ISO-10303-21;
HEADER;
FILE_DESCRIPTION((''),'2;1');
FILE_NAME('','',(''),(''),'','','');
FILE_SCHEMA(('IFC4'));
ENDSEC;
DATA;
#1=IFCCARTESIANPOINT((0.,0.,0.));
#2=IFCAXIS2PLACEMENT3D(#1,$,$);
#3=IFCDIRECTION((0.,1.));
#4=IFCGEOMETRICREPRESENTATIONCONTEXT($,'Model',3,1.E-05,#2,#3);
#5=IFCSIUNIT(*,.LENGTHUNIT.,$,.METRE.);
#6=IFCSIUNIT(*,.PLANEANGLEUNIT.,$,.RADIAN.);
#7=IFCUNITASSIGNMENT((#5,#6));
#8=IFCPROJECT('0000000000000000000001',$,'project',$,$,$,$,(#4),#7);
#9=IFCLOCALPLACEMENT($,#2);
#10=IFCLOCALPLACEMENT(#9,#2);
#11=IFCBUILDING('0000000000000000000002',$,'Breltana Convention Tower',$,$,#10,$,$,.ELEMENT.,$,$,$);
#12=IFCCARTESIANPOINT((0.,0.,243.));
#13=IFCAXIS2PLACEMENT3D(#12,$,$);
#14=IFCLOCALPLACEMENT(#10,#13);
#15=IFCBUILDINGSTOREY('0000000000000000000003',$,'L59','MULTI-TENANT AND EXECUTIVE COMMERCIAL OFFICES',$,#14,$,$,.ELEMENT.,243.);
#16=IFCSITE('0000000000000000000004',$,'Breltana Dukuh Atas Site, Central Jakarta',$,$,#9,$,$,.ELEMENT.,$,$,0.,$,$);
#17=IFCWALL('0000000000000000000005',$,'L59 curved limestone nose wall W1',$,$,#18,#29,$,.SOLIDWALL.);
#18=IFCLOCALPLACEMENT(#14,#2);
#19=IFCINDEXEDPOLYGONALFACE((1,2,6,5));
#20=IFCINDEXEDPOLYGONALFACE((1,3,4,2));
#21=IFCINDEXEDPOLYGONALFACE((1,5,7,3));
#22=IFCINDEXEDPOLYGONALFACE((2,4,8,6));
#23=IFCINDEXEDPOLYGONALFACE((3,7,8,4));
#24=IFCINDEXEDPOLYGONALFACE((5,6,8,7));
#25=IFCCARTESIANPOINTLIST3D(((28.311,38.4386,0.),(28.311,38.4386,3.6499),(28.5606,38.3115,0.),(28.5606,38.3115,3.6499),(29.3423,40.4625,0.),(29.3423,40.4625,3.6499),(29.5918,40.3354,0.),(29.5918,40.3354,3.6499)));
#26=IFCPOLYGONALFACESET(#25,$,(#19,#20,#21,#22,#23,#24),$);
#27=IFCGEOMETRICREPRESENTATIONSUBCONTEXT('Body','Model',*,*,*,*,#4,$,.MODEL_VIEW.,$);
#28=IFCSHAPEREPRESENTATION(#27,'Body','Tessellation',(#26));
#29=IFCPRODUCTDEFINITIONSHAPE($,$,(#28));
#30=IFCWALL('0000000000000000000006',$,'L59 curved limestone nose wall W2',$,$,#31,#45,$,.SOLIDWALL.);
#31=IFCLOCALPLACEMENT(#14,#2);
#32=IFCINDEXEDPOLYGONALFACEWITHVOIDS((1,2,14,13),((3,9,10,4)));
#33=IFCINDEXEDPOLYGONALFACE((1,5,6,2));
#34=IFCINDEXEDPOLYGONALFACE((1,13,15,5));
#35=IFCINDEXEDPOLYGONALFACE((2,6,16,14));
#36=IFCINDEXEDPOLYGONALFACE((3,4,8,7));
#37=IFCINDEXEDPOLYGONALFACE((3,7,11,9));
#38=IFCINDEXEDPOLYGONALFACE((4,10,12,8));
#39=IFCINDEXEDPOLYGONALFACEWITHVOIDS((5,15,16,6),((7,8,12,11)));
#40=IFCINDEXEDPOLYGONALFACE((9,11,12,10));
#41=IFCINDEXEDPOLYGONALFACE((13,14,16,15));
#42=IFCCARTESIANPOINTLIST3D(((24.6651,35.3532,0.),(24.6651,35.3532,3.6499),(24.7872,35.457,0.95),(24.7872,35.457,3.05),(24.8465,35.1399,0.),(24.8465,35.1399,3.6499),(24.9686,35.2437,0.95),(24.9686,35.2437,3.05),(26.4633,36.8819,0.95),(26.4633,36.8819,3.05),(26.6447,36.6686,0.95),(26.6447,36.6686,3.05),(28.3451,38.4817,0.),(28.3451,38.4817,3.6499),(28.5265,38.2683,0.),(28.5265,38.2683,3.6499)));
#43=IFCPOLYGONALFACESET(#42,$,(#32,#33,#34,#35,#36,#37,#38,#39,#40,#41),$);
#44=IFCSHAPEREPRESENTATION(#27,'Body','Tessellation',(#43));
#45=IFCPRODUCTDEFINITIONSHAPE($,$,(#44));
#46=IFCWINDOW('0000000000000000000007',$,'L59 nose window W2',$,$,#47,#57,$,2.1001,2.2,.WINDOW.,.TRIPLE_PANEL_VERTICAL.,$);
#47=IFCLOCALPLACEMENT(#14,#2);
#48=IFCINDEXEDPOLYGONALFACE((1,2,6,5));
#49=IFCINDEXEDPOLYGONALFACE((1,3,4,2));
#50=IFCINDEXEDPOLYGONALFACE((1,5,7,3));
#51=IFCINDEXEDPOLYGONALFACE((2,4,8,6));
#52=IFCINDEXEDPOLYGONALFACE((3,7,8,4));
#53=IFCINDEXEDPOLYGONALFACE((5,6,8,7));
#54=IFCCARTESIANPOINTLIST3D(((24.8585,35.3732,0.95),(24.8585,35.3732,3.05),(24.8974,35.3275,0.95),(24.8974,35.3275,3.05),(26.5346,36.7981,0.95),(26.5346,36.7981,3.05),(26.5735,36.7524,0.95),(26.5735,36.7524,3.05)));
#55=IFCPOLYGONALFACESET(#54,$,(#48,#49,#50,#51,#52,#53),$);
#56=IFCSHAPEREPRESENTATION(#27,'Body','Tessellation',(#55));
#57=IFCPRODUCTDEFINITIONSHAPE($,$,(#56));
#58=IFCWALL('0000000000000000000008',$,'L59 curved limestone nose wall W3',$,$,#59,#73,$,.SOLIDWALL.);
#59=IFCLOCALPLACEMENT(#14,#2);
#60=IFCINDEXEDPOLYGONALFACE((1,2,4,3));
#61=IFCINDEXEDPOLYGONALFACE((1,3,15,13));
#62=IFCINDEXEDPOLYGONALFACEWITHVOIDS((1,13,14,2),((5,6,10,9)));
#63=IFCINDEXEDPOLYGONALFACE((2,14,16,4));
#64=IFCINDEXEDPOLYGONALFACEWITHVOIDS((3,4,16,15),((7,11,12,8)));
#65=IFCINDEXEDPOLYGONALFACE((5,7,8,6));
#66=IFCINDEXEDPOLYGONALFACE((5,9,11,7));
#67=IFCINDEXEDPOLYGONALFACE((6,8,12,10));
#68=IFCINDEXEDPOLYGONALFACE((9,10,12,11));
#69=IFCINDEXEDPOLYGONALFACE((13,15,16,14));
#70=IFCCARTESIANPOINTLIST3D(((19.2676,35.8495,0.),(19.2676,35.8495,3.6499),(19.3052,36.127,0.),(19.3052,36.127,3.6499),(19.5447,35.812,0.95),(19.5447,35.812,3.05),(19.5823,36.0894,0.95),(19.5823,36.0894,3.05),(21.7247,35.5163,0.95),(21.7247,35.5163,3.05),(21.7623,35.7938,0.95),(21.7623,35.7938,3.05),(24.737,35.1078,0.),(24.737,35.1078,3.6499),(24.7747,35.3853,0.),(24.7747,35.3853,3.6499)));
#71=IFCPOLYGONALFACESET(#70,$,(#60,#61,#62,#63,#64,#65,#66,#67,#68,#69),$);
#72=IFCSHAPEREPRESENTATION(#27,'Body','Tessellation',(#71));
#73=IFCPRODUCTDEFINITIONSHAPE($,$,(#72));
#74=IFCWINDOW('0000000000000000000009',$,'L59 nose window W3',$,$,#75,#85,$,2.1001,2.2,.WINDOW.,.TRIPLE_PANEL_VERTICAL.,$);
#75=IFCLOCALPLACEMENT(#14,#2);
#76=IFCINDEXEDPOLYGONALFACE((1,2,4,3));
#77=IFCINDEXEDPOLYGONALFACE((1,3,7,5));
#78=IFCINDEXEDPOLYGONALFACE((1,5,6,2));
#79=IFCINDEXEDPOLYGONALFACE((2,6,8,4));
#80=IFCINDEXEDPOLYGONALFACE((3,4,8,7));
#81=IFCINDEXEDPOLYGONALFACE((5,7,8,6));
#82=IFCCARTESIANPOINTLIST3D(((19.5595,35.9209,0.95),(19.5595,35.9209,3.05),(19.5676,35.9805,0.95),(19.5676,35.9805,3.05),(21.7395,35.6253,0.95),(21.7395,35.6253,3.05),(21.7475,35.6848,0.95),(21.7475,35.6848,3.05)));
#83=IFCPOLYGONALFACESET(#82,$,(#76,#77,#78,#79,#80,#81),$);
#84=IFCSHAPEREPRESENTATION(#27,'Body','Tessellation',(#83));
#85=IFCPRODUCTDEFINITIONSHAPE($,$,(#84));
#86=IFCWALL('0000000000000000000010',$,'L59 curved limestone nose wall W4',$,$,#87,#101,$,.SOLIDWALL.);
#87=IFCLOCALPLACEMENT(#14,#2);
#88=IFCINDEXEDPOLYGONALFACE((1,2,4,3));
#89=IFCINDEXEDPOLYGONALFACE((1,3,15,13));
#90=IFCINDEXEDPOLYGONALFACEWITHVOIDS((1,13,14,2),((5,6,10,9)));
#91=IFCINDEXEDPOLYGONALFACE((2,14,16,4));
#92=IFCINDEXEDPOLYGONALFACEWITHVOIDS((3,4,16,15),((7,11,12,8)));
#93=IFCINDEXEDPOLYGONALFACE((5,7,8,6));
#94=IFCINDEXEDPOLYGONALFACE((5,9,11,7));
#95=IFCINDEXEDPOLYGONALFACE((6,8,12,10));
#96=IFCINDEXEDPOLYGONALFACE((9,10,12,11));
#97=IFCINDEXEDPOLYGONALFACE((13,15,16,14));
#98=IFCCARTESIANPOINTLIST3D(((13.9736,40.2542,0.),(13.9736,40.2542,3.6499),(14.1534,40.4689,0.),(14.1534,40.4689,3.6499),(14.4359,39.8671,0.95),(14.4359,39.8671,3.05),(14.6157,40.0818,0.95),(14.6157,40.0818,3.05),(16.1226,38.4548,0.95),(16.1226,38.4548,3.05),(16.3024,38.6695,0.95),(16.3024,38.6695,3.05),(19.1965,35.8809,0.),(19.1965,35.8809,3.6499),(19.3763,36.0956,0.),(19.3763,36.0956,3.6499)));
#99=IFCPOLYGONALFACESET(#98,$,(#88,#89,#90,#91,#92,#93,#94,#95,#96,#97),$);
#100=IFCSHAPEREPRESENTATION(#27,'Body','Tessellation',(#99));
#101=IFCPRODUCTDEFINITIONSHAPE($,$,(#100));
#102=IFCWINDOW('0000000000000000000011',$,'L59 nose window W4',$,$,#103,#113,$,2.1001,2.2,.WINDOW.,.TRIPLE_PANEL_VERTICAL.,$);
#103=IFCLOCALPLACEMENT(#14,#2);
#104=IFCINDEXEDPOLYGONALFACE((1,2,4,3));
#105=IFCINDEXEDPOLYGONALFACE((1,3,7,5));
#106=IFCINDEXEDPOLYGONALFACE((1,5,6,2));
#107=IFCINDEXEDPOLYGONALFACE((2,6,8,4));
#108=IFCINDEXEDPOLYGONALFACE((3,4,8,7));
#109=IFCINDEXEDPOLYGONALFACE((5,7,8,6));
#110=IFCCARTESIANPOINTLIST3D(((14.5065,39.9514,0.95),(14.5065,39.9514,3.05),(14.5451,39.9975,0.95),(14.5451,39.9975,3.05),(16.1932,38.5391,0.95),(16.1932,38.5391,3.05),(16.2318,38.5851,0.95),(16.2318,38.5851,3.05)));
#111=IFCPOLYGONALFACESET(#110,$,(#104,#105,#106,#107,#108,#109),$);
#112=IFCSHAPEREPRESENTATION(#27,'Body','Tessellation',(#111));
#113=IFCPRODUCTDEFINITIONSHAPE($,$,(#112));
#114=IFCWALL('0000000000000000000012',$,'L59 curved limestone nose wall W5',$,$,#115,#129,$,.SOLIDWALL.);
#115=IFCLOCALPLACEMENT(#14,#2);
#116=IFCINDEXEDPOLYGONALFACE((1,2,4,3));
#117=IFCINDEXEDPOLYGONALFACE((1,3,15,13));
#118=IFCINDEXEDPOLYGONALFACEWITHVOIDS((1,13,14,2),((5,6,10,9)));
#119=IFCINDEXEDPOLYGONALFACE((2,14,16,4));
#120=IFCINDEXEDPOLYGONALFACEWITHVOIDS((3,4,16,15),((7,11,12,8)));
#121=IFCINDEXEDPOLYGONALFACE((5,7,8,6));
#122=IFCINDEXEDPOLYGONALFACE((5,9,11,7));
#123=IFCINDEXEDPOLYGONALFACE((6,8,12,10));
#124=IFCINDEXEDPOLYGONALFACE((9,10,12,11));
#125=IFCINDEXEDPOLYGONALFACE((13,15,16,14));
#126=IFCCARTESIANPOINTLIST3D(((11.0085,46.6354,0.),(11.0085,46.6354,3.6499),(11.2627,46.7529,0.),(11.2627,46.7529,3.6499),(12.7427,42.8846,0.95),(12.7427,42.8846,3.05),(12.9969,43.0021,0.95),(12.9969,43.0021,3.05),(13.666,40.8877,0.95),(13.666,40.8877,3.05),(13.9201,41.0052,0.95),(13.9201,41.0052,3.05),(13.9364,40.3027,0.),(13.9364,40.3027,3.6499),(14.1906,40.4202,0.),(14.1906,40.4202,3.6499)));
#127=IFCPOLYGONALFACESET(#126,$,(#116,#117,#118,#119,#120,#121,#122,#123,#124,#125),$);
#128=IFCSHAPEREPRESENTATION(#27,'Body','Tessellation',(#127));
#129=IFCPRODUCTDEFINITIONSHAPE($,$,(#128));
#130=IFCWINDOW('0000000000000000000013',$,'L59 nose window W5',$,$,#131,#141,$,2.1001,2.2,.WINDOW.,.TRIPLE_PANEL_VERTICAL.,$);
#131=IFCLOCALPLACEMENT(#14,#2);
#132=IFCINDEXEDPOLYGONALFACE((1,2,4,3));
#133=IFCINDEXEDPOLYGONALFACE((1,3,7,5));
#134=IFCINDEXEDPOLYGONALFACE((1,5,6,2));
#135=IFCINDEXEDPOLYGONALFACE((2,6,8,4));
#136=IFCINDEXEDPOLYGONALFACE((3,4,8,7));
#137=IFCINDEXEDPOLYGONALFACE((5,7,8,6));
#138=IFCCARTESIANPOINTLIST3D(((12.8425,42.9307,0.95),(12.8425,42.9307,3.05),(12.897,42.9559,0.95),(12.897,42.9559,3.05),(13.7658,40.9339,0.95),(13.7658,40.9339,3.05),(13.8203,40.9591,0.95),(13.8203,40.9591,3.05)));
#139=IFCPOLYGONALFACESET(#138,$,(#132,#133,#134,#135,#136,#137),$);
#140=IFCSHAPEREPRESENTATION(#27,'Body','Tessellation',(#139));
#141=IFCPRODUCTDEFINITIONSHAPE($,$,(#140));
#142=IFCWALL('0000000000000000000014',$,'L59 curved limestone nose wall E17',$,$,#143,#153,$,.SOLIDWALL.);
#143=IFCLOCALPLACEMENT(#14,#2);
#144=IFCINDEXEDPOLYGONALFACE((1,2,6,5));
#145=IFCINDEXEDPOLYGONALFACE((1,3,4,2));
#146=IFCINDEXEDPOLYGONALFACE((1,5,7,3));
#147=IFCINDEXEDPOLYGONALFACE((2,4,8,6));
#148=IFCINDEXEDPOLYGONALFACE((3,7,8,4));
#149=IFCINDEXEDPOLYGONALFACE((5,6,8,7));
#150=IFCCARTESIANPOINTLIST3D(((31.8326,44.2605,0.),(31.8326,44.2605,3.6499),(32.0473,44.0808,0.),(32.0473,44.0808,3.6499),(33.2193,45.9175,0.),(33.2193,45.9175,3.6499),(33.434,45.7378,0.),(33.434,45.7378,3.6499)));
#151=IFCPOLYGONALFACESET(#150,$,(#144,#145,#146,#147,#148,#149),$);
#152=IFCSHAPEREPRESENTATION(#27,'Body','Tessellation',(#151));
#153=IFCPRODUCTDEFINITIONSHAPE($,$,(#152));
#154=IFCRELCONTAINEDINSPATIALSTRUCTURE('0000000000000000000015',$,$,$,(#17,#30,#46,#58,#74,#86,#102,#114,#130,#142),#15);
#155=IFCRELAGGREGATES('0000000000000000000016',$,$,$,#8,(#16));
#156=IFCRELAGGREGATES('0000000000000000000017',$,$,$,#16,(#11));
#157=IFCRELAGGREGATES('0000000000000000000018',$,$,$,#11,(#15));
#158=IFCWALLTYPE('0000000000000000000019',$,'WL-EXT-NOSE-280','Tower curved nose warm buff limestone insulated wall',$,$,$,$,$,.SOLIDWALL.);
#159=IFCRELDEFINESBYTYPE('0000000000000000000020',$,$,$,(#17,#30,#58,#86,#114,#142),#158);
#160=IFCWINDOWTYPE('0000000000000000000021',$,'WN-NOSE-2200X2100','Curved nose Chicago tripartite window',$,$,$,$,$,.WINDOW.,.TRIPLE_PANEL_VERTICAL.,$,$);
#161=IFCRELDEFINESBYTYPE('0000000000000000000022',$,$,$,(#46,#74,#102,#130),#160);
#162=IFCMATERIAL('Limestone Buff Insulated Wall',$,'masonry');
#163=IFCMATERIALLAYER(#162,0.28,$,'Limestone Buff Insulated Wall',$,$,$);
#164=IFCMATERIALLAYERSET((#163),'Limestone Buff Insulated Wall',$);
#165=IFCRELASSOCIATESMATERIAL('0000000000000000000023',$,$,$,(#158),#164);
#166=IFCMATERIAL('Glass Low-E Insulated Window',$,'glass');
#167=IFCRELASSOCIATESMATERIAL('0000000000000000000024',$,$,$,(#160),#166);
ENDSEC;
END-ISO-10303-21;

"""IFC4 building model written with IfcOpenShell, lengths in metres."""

from ifc_helpers import new_model, si_unit, direction, frame, frame_2d, origin, place, context, subcontext, project, spatial, rectangle, extrude, source, transform, mapped, material, layer, layer_set, type_object, type_shapes, element, fill, save


model = new_model("IFC4")

# Units and contexts
model_context = context("Model", 3, precision=1e-05, world=origin(), true_north=direction((0.0, 1.0)))
body_context = subcontext(model_context, "Body", "Model", "MODEL_VIEW")
ifc_project = project(units=[si_unit("LENGTHUNIT", "METRE"), si_unit("PLANEANGLEUNIT", "RADIAN")], contexts=[model_context])

# Site, building, storey
site_placement = place(None, origin())
site = spatial("IfcSite", under=ifc_project, at=site_placement, Name="Breltana Dukuh Atas Site, Central Jakarta", CompositionType="ELEMENT", RefElevation=0.0)
building_placement = place(site_placement, origin())
building = spatial("IfcBuilding", under=site, at=building_placement, Name="Breltana Convention Tower", CompositionType="ELEMENT")
storey_placement = place(building_placement, frame((0.0, 0.0, 243.0)))
storey = spatial("IfcBuildingStorey", under=building, at=storey_placement, Name="L59", Description="MULTI-TENANT AND EXECUTIVE COMMERCIAL OFFICES", CompositionType="ELEMENT", Elevation=243.0)

# Wall
ifc_material_1 = material(Name="Limestone Buff Insulated Wall", Category="masonry")
ifc_layer_1 = layer(ifc_material_1, 0.28, Name="Limestone Buff Insulated Wall")
ifc_layer_set_1 = layer_set([ifc_layer_1], Name="Limestone Buff Insulated Wall")
wall_type = type_object("IfcWallType", Name="WL-EXT-NOSE-280", Description="Tower curved nose warm buff limestone insulated wall", PredefinedType="SOLIDWALL", material=ifc_layer_set_1)
shared_shape_1 = source(origin(), body_context, "Body", "SweptSolid", [
    extrude(rectangle(XDim=2.2715, YDim=0.28, at=frame_2d((1.1357, 0.0))), origin(), (0.0, 0.0, 1.0), 3.6499),
])
wall_1_placement = place(storey_placement, frame((29.467, 40.3989, 0.0), z_axis=(0.0, 0.0, 1.0), x_axis=(-0.453993, -0.891005, 0.0)))
element("IfcWall", 1, at=wall_1_placement, inside=storey, type_object=wall_type, Name="L59 curved limestone nose wall W1", PredefinedType="SOLIDWALL", context=body_context, shape_type="MappedRepresentation", body=[
    mapped(shared_shape_1, transform((0.0, 0.0, 0.0), scale=1.0)),
])

# Walls, openings, windows
shared_shape_2 = source(origin(), body_context, "Body", "SweptSolid", [
    extrude(rectangle(XDim=4.8301, YDim=0.28, at=frame_2d((2.415, 0.0))), origin(), (0.0, 0.0, 1.0), 3.6499),
])
wall_2_placement = place(storey_placement, frame((28.4358, 38.375, 0.0), z_axis=(0.0, 0.0, 1.0), x_axis=(-0.761891, -0.647706, 0.0)))
wall_2 = element("IfcWall", 2, at=wall_2_placement, inside=storey, type_object=wall_type, Name="L59 curved limestone nose wall W2", PredefinedType="SOLIDWALL", context=body_context, shape_type="MappedRepresentation", body=[
    mapped(shared_shape_2, transform((0.0, 0.0, 0.0), scale=1.0)),
])
opening_1_placement = place(wall_2_placement, frame((2.4697, 0.0, 0.95)))
opening_1 = element("IfcOpeningElement", 3, at=opening_1_placement, cuts=wall_2, PredefinedType="OPENING", context=body_context, shape_type="SweptSolid", body=[
    extrude(rectangle(XDim=2.2, YDim=2.1001, at=frame_2d((1.1001, 1.05))), frame((0.0, 0.1499, 0.0), z_axis=(0.0, -1.0, 0.0), x_axis=(1.0, 0.0, 0.0)), (0.0, 0.0, 1.0), 0.3),
])
ifc_material_2 = material(Name="Glass Low-E Insulated Window", Category="glass")
window_type = type_object("IfcWindowType", Name="WN-NOSE-2200X2100", Description="Curved nose Chicago tripartite window", PartitioningType="TRIPLE_PANEL_VERTICAL", PredefinedType="WINDOW", material=ifc_material_2)
shared_shape_3 = source(origin(), body_context, "Body", "SweptSolid", [
    extrude(rectangle(XDim=2.2, YDim=2.1001, at=frame_2d((1.1001, 1.05))), frame((0.0, 0.03, 0.0), z_axis=(0.0, -1.0, 0.0), x_axis=(1.0, 0.0, 0.0)), (0.0, 0.0, 1.0), 0.0601),
])
type_shapes(window_type, [shared_shape_3])
window_1_placement = place(opening_1_placement, origin())
window_1 = element("IfcWindow", 4, at=window_1_placement, inside=storey, type_object=window_type, Name="L59 nose window W2", OverallHeight=2.1001, OverallWidth=2.2, PartitioningType="TRIPLE_PANEL_VERTICAL", PredefinedType="WINDOW", context=body_context, shape_type="MappedRepresentation", body=[
    mapped(shared_shape_3, transform((0.0, 0.0, 0.0), scale=1.0)),
])
fill(opening_1, window_1)
shared_shape_4 = source(origin(), body_context, "Body", "SweptSolid", [
    extrude(rectangle(XDim=5.5195, YDim=0.28, at=frame_2d((2.7598, 0.0))), origin(), (0.0, 0.0, 1.0), 3.6499),
])
wall_3_placement = place(storey_placement, frame((24.7559, 35.2466, 0.0), z_axis=(0.0, 0.0, 1.0), x_axis=(-0.99093, 0.134377, 0.0)))
wall_3 = element("IfcWall", 5, at=wall_3_placement, inside=storey, type_object=wall_type, Name="L59 curved limestone nose wall W3", PredefinedType="SOLIDWALL", context=body_context, shape_type="MappedRepresentation", body=[
    mapped(shared_shape_4, transform((0.0, 0.0, 0.0), scale=1.0)),
])
opening_2_placement = place(wall_3_placement, frame((3.0398, 0.0, 0.95)))
opening_2 = element("IfcOpeningElement", 6, at=opening_2_placement, cuts=wall_3, PredefinedType="OPENING", context=body_context, shape_type="SweptSolid", body=[
    extrude(rectangle(XDim=2.2, YDim=2.1001, at=frame_2d((1.1001, 1.05))), frame((0.0, 0.1499, 0.0), z_axis=(0.0, -1.0, 0.0), x_axis=(1.0, 0.0, 0.0)), (0.0, 0.0, 1.0), 0.3),
])
window_2_placement = place(opening_2_placement, origin())
window_2 = element("IfcWindow", 7, at=window_2_placement, inside=storey, type_object=window_type, Name="L59 nose window W3", OverallHeight=2.1001, OverallWidth=2.2, PartitioningType="TRIPLE_PANEL_VERTICAL", PredefinedType="WINDOW", context=body_context, shape_type="MappedRepresentation", body=[
    mapped(shared_shape_3, transform((0.0, 0.0, 0.0), scale=1.0)),
])
fill(opening_2, window_2)
shared_shape_5 = source(origin(), body_context, "Body", "SweptSolid", [
    extrude(rectangle(XDim=6.812, YDim=0.28, at=frame_2d((3.406, 0.0))), origin(), (0.0, 0.0, 1.0), 3.6499),
])
wall_4_placement = place(storey_placement, frame((19.2864, 35.9883, 0.0), z_axis=(0.0, 0.0, 1.0), x_axis=(-0.766712, 0.641991, 0.0)))
wall_4 = element("IfcWall", 8, at=wall_4_placement, inside=storey, type_object=wall_type, Name="L59 curved limestone nose wall W4", PredefinedType="SOLIDWALL", context=body_context, shape_type="MappedRepresentation", body=[
    mapped(shared_shape_5, transform((0.0, 0.0, 0.0), scale=1.0)),
])
opening_3_placement = place(wall_4_placement, frame((4.009, 0.0, 0.95)))
opening_3 = element("IfcOpeningElement", 9, at=opening_3_placement, cuts=wall_4, PredefinedType="OPENING", context=body_context, shape_type="SweptSolid", body=[
    extrude(rectangle(XDim=2.2, YDim=2.1001, at=frame_2d((1.1001, 1.05))), frame((0.0, 0.1499, 0.0), z_axis=(0.0, -1.0, 0.0), x_axis=(1.0, 0.0, 0.0)), (0.0, 0.0, 1.0), 0.3),
])
window_3_placement = place(opening_3_placement, origin())
window_3 = element("IfcWindow", 10, at=window_3_placement, inside=storey, type_object=window_type, Name="L59 nose window W4", OverallHeight=2.1001, OverallWidth=2.2, PartitioningType="TRIPLE_PANEL_VERTICAL", PredefinedType="WINDOW", context=body_context, shape_type="MappedRepresentation", body=[
    mapped(shared_shape_3, transform((0.0, 0.0, 0.0), scale=1.0)),
])
fill(opening_3, window_3)
shared_shape_6 = source(origin(), body_context, "Body", "SweptSolid", [
    extrude(rectangle(XDim=6.9768, YDim=0.28, at=frame_2d((3.4883, 0.0))), origin(), (0.0, 0.0, 1.0), 3.6499),
])
wall_5_placement = place(storey_placement, frame((14.0635, 40.3616, 0.0), z_axis=(0.0, 0.0, 1.0), x_axis=(-0.419668, 0.907678, 0.0)))
wall_5 = element("IfcWall", 11, at=wall_5_placement, inside=storey, type_object=wall_type, Name="L59 curved limestone nose wall W5", PredefinedType="SOLIDWALL", context=body_context, shape_type="MappedRepresentation", body=[
    mapped(shared_shape_6, transform((0.0, 0.0, 0.0), scale=1.0)),
])
opening_4_placement = place(wall_5_placement, frame((0.6443, 0.0, 0.95)))
opening_4 = element("IfcOpeningElement", 12, at=opening_4_placement, cuts=wall_5, PredefinedType="OPENING", context=body_context, shape_type="SweptSolid", body=[
    extrude(rectangle(XDim=2.2, YDim=2.1001, at=frame_2d((1.1001, 1.05))), frame((0.0, 0.1499, 0.0), z_axis=(0.0, -1.0, 0.0), x_axis=(1.0, 0.0, 0.0)), (0.0, 0.0, 1.0), 0.3),
])
window_4_placement = place(opening_4_placement, origin())
window_4 = element("IfcWindow", 13, at=window_4_placement, inside=storey, type_object=window_type, Name="L59 nose window W5", OverallHeight=2.1001, OverallWidth=2.2, PartitioningType="TRIPLE_PANEL_VERTICAL", PredefinedType="WINDOW", context=body_context, shape_type="MappedRepresentation", body=[
    mapped(shared_shape_3, transform((0.0, 0.0, 0.0), scale=1.0)),
])
fill(opening_4, window_4)

# Wall
shared_shape_7 = source(origin(), body_context, "Body", "SweptSolid", [
    extrude(rectangle(XDim=2.1606, YDim=0.28, at=frame_2d((1.0803, 0.0))), origin(), (0.0, 0.0, 1.0), 3.6499),
])
wall_6_placement = place(storey_placement, frame((33.3267, 45.8276, 0.0), z_axis=(0.0, 0.0, 1.0), x_axis=(-0.641795, -0.766877, 0.0)))
element("IfcWall", 14, at=wall_6_placement, inside=storey, type_object=wall_type, Name="L59 curved limestone nose wall E17", PredefinedType="SOLIDWALL", context=body_context, shape_type="MappedRepresentation", body=[
    mapped(shared_shape_7, transform((0.0, 0.0, 0.0), scale=1.0)),
])

save(model, "model.ifc")
